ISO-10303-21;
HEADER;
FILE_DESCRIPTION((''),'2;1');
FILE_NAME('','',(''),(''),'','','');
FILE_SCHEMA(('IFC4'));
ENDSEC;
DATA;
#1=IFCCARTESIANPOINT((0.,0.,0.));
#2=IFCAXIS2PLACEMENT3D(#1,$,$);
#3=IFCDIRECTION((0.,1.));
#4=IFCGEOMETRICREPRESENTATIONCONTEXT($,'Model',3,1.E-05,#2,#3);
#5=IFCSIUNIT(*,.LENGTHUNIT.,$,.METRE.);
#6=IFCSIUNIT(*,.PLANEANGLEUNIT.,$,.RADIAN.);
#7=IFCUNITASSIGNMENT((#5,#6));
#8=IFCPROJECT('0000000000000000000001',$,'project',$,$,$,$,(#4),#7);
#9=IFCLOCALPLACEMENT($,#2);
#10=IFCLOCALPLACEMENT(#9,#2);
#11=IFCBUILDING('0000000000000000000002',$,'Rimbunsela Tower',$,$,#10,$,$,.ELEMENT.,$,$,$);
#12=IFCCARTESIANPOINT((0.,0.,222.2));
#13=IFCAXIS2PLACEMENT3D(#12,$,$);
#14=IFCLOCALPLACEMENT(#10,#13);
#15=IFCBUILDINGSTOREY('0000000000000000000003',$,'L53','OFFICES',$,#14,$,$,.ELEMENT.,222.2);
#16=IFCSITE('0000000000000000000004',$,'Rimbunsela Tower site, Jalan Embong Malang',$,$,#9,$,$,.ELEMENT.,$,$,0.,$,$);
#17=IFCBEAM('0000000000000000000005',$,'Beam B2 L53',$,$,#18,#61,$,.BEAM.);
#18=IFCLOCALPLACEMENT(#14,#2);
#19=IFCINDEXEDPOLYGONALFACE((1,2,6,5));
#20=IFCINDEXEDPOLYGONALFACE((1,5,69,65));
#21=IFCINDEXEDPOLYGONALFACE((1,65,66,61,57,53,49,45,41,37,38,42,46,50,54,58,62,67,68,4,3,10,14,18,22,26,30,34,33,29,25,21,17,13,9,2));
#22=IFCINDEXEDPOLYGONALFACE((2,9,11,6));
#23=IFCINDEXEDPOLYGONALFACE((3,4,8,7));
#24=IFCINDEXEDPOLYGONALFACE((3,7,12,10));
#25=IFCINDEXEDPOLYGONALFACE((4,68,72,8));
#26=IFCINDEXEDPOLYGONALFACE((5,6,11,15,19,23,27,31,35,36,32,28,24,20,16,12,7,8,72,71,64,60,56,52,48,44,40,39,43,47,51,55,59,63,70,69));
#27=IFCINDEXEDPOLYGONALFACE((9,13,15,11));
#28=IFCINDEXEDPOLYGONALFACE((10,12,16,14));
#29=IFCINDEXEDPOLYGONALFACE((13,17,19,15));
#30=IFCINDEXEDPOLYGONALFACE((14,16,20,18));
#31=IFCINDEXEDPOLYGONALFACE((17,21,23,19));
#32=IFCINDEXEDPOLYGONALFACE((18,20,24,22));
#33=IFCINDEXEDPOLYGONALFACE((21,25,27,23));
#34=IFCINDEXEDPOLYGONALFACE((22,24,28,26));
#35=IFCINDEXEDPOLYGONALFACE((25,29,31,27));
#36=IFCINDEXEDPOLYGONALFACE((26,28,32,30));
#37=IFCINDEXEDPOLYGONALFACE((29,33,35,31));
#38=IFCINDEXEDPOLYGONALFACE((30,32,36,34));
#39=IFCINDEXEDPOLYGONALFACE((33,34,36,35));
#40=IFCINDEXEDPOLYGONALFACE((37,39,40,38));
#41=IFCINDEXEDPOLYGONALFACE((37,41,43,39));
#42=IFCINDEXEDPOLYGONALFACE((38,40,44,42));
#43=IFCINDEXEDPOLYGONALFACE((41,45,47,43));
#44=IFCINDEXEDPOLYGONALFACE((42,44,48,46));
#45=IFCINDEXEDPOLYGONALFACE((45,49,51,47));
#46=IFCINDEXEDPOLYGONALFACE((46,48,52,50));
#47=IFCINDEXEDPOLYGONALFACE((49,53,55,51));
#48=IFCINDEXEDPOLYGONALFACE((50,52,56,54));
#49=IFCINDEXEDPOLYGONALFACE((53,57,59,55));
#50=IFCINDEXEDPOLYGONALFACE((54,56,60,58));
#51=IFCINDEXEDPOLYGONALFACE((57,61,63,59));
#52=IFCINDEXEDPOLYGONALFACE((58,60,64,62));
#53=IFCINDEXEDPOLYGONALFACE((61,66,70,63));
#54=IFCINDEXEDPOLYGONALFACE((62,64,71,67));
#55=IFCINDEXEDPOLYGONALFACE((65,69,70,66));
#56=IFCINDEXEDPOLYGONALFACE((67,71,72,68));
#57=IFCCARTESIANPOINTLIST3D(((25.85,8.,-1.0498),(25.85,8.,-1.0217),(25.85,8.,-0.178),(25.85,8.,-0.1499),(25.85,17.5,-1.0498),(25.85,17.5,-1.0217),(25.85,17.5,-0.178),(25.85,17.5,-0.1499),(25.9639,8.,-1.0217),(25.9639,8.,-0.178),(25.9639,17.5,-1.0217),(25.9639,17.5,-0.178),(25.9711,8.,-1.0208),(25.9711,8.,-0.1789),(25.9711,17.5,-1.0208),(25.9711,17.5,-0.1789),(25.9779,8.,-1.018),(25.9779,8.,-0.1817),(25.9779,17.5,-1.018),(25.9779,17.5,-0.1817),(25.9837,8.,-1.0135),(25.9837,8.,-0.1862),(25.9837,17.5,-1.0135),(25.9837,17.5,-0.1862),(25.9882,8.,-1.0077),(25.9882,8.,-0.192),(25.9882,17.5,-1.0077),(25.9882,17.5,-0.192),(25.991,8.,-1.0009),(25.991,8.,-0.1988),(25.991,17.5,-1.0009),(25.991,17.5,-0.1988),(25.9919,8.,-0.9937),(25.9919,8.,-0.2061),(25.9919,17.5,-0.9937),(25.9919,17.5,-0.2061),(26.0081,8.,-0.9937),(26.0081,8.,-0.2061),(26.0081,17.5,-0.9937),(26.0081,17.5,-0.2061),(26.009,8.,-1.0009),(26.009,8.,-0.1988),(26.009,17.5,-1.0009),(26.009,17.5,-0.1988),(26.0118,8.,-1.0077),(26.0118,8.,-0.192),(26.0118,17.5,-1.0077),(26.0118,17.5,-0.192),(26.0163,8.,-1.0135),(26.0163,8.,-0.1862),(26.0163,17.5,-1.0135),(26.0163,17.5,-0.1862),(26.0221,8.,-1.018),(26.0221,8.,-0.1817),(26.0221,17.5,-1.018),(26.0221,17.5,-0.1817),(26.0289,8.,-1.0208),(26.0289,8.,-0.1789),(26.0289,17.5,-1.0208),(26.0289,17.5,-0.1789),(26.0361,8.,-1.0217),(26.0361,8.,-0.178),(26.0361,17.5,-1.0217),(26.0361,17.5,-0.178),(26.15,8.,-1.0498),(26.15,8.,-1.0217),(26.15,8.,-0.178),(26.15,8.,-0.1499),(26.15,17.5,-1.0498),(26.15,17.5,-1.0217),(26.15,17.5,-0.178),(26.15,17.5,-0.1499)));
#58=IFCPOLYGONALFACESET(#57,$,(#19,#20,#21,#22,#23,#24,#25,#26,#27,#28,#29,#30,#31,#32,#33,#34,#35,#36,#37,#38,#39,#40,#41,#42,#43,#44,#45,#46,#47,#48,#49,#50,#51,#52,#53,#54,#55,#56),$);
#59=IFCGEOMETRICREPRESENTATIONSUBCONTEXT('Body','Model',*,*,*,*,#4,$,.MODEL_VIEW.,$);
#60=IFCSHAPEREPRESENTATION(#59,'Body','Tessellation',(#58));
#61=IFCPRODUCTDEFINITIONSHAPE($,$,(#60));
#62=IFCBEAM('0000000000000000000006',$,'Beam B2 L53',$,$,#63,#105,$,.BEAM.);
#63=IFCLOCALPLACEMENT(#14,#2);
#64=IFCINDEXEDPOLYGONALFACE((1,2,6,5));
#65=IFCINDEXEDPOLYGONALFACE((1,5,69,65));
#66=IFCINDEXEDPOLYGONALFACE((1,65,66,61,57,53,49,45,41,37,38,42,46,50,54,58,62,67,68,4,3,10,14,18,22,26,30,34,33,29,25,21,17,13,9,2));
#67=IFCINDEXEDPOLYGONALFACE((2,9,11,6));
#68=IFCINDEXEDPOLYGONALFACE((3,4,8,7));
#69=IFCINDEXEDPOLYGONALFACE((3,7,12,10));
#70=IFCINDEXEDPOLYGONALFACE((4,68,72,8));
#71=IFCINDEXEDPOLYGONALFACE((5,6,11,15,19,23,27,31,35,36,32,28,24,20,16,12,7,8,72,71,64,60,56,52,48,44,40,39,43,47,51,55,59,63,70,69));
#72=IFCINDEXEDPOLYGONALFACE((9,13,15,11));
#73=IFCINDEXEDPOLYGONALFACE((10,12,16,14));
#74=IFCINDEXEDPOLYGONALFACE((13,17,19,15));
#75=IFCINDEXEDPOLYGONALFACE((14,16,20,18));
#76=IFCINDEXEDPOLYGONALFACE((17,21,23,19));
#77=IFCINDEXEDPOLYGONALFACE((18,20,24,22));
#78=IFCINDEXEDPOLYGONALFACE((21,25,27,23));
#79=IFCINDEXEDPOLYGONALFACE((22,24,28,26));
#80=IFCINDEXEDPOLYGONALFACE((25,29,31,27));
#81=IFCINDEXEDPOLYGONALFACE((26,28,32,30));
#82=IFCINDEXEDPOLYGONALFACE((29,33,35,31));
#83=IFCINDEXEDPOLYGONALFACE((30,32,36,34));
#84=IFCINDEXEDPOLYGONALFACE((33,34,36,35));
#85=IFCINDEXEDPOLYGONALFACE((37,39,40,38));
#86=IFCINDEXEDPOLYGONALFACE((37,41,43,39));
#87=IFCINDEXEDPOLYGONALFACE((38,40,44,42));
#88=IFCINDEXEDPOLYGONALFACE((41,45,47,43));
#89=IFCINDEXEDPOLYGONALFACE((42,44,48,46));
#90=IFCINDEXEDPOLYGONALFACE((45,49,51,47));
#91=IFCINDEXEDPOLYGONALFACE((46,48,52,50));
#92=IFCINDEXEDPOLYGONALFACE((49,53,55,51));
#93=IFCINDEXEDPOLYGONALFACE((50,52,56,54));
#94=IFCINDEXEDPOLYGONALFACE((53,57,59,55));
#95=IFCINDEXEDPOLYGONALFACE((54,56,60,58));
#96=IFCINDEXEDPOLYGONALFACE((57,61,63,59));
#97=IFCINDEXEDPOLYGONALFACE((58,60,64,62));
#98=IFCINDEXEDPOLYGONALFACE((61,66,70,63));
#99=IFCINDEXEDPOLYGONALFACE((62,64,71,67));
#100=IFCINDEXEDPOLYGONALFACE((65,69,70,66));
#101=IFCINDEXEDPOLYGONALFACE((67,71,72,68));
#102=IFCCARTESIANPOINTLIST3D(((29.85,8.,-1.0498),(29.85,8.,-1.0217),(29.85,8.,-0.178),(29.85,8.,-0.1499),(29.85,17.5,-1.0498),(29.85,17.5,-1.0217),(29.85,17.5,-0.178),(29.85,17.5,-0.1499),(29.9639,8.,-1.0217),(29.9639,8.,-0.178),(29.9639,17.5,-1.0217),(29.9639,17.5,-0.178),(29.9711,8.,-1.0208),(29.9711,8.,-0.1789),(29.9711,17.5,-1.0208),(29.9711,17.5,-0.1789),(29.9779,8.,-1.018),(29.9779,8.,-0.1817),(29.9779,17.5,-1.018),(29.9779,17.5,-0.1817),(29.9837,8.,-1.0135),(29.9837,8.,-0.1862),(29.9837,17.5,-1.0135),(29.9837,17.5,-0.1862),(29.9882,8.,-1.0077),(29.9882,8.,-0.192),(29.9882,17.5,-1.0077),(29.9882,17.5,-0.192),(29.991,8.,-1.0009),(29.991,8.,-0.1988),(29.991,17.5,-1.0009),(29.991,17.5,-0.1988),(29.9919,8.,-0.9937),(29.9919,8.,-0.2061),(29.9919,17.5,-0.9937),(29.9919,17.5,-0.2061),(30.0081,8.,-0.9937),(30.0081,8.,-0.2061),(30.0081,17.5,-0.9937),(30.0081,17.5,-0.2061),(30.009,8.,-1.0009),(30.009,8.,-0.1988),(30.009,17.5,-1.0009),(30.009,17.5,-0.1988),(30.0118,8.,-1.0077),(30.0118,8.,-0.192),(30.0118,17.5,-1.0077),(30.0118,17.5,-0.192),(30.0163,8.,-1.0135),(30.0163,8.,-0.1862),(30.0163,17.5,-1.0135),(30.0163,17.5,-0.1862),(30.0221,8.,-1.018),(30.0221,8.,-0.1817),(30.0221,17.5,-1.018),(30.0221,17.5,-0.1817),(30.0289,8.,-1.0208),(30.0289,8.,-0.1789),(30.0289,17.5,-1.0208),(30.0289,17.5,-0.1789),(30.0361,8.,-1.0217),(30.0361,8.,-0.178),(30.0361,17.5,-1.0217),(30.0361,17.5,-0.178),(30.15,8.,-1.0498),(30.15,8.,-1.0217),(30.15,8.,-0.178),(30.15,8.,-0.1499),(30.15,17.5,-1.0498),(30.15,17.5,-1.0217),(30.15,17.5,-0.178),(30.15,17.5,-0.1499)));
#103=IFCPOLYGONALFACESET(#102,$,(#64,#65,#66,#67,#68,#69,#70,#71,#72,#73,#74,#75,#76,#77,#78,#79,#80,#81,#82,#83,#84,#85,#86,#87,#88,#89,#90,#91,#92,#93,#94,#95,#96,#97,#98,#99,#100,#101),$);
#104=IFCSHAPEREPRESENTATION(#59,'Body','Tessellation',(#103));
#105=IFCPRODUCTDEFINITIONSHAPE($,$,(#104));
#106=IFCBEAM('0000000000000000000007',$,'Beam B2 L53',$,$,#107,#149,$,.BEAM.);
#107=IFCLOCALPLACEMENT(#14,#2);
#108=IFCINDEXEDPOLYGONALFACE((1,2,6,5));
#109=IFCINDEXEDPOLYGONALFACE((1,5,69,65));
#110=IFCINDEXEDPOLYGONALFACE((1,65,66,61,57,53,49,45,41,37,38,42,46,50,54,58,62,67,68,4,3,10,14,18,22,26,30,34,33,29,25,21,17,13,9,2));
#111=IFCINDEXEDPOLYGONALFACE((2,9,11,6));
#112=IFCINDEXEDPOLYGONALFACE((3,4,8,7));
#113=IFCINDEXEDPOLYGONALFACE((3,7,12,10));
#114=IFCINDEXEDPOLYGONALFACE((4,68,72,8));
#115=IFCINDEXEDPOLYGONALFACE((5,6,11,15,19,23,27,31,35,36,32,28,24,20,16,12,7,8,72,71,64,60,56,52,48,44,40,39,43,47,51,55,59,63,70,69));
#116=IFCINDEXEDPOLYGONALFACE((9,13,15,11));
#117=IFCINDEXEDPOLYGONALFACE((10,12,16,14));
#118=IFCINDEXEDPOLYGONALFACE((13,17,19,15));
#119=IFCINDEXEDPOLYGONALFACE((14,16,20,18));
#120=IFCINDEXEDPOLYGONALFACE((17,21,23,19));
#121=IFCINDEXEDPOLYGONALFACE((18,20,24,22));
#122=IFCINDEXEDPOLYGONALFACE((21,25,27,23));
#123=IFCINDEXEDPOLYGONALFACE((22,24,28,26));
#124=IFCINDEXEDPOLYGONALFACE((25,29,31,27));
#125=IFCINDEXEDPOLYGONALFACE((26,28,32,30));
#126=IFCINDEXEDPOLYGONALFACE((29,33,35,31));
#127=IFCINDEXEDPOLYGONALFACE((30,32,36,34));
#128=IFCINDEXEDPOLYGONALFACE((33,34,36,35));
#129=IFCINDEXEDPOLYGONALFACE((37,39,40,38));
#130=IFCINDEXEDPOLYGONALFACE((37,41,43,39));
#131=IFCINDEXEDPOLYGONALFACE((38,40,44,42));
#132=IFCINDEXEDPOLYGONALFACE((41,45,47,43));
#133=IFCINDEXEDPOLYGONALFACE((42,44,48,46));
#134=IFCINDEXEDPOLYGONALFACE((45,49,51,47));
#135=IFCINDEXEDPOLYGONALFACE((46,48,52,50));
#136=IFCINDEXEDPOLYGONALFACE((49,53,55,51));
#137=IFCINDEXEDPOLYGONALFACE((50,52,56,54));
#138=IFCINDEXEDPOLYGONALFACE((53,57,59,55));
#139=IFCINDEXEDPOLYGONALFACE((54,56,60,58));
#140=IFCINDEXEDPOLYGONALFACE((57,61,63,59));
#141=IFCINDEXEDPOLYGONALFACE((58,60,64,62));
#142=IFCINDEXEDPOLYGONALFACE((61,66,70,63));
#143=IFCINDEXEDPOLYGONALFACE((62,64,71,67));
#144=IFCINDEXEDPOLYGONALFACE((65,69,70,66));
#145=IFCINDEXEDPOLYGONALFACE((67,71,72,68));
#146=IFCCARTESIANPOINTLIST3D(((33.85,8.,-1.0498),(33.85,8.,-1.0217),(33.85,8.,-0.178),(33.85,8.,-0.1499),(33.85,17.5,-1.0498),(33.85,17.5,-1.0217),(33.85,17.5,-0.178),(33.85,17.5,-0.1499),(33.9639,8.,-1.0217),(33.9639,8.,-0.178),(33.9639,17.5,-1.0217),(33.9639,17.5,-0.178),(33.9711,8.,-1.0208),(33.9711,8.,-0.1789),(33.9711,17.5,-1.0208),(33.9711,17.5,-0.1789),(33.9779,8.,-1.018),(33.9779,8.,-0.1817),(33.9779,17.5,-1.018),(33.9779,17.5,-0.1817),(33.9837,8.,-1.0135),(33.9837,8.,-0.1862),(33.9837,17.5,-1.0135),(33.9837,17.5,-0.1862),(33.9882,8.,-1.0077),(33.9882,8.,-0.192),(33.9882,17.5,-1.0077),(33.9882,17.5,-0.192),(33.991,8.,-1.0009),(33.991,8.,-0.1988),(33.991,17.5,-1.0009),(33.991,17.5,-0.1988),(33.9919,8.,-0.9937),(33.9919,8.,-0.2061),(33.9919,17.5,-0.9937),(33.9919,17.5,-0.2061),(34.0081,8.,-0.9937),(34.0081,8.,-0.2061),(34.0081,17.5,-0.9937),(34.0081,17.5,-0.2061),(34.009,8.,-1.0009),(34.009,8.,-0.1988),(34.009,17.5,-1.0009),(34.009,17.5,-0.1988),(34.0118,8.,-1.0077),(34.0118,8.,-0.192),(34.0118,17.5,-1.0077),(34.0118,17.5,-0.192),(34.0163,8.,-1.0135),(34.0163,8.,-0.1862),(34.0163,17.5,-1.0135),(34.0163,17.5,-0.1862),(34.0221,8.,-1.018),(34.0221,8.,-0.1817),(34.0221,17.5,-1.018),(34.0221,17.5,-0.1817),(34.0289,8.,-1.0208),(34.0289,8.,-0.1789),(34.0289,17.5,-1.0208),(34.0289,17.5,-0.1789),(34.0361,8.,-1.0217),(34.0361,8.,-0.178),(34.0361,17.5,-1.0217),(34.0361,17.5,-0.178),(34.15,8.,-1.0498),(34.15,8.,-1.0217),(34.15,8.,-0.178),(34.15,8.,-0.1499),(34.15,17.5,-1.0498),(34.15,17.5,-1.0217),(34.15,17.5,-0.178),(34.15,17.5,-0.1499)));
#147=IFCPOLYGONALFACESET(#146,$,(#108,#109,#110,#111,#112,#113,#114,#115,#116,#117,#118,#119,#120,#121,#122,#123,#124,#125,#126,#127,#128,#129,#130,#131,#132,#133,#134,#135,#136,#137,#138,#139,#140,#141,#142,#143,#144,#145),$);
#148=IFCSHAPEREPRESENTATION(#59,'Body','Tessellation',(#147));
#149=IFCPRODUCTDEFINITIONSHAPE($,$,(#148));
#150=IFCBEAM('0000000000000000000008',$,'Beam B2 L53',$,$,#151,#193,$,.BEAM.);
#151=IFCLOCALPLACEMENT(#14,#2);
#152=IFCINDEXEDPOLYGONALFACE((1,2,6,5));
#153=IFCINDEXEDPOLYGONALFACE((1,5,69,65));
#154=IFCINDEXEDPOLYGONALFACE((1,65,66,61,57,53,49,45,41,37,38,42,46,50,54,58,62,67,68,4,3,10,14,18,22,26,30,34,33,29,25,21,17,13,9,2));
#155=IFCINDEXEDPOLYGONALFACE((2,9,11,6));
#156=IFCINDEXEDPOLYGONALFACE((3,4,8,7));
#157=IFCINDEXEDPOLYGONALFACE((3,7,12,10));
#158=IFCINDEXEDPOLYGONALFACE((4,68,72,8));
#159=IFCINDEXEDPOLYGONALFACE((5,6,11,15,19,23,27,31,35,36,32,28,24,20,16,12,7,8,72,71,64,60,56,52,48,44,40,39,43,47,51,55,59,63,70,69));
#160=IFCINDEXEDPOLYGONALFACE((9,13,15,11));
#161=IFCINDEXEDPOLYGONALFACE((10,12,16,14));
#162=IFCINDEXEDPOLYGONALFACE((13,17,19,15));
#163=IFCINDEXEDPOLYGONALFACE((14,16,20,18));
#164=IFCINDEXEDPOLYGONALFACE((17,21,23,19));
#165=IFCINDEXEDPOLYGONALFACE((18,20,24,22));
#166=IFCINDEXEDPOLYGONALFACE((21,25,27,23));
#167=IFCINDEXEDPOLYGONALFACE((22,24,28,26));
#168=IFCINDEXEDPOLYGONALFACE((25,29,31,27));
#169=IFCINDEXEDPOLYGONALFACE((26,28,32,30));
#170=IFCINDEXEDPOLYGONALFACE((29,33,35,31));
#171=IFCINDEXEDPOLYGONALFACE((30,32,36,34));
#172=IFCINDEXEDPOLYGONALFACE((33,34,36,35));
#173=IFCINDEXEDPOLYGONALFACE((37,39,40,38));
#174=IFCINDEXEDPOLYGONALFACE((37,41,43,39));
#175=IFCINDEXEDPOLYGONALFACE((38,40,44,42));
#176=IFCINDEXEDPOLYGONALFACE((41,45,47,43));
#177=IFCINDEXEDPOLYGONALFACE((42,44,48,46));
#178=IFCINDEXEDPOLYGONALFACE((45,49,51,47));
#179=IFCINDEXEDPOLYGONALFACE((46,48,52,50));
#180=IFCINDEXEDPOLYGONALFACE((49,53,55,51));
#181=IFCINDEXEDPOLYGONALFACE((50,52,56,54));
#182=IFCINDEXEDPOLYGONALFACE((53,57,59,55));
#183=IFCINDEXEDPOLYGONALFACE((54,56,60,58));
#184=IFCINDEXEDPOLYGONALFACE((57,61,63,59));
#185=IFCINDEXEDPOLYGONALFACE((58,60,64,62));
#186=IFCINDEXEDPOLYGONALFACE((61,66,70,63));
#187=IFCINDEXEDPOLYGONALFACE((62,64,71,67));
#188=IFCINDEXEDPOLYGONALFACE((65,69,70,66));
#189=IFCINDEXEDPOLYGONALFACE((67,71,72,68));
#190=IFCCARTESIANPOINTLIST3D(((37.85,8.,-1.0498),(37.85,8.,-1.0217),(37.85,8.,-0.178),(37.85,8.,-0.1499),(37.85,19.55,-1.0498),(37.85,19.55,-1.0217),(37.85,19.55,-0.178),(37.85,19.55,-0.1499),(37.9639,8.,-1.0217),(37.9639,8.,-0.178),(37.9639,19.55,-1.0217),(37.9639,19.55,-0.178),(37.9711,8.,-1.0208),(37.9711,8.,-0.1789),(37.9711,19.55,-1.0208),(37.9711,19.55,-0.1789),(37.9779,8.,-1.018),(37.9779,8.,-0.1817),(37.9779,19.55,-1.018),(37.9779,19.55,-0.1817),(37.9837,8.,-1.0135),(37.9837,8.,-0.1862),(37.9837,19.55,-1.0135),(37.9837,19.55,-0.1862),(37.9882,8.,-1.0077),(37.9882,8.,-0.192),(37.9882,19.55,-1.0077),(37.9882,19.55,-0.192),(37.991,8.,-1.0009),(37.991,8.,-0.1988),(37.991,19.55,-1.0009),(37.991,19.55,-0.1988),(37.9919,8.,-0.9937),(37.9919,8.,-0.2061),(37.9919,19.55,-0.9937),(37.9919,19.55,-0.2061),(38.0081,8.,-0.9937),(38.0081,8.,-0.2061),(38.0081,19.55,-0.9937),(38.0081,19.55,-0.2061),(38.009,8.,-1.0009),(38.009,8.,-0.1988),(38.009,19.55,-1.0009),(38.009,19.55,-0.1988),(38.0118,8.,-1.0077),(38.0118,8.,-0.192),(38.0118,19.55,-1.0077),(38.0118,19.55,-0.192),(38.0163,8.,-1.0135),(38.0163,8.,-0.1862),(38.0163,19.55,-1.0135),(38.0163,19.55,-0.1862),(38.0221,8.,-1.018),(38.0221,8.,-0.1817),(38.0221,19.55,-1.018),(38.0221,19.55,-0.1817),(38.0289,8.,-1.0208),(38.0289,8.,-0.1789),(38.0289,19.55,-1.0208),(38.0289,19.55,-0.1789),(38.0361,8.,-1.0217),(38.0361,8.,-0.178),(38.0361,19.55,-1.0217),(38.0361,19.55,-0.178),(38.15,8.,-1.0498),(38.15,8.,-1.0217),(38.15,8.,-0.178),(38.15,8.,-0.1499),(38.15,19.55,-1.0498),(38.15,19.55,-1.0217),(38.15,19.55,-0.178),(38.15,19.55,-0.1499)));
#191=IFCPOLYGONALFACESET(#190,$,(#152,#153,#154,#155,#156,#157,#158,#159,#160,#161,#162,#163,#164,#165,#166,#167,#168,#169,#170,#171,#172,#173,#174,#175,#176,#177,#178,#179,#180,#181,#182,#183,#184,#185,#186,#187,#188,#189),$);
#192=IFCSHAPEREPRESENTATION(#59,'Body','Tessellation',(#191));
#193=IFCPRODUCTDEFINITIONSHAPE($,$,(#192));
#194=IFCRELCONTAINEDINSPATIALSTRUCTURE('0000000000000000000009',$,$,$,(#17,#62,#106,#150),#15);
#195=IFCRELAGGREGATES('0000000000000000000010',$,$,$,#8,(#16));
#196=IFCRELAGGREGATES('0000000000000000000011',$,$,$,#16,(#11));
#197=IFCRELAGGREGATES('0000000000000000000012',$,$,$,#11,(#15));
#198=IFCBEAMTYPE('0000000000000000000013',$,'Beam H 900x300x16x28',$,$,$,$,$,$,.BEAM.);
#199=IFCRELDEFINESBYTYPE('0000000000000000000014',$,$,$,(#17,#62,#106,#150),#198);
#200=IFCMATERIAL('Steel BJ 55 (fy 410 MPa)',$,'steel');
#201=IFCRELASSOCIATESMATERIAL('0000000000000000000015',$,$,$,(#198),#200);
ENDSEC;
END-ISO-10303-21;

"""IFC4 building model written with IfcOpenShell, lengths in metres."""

from ifc_helpers import new_model, si_unit, direction, frame, origin, origin_2d, place, context, subcontext, project, spatial, i_section, extrude, material, material_profile, profile_set, type_object, element, save


model = new_model("IFC4")

# Units and contexts
model_context = context("Model", 3, precision=1e-05, world=origin(), true_north=direction((0.0, 1.0)))
body_context = subcontext(model_context, "Body", "Model", "MODEL_VIEW")
ifc_project = project(units=[si_unit("LENGTHUNIT", "METRE"), si_unit("PLANEANGLEUNIT", "RADIAN")], contexts=[model_context])

# Site, building, storey
site_placement = place(None, origin())
site = spatial("IfcSite", under=ifc_project, at=site_placement, Name="Rimbunsela Tower site, Jalan Embong Malang", CompositionType="ELEMENT", RefElevation=0.0)
building_placement = place(site_placement, origin())
building = spatial("IfcBuilding", under=site, at=building_placement, Name="Rimbunsela Tower", CompositionType="ELEMENT")
storey_placement = place(building_placement, frame((0.0, 0.0, 222.2)))
storey = spatial("IfcBuildingStorey", under=building, at=storey_placement, Name="L53", Description="OFFICES", CompositionType="ELEMENT", Elevation=222.2)

# Beams
ifc_material_1 = material(Name="Steel BJ 55 (fy 410 MPa)", Category="steel")
ifc_material_profile_1 = material_profile(ifc_material_1, i_section(OverallWidth=0.3, OverallDepth=0.8999, WebThickness=0.0161, FlangeThickness=0.0281, FilletRadius=0.0281, at=origin_2d()), Name="H 900x300x16x28")
ifc_profile_set_1 = profile_set([ifc_material_profile_1], Name="Steel BJ 55 (fy 410 MPa)")
beam_type_1 = type_object("IfcBeamType", Name="Beam H 900x300x16x28", PredefinedType="BEAM", material=ifc_profile_set_1)
for number, where, z_axis, x_axis, name in (
    (1, (26.0, 8.0, -0.5999), (0.0, 1.0, 0.0), (-1.0, 0.0, 0.0), "Beam B2 L53"),
    (2, (30.0, 8.0, -0.5999), (0.0, 1.0, 0.0), (-1.0, 0.0, 0.0), "Beam B2 L53"),
    (3, (34.0, 8.0, -0.5999), (0.0, 1.0, 0.0), (-1.0, 0.0, 0.0), "Beam B2 L53"),
):
    element("IfcBeam", number, at=place(storey_placement, frame(where, z_axis=z_axis, x_axis=x_axis)), inside=storey, type_object=beam_type_1, Name=name, PredefinedType="BEAM", context=body_context, shape_type="SweptSolid", body=[
        extrude(i_section(OverallWidth=0.3, OverallDepth=0.8999, WebThickness=0.0161, FlangeThickness=0.0281, FilletRadius=0.0281, at=origin_2d()), origin(), (0.0, 0.0, 1.0), 9.5),
    ])
beam_placement = place(storey_placement, frame((38.0, 8.0, -0.5999), z_axis=(0.0, 1.0, 0.0), x_axis=(-1.0, 0.0, 0.0)))
element("IfcBeam", 4, at=beam_placement, inside=storey, type_object=beam_type_1, Name="Beam B2 L53", PredefinedType="BEAM", context=body_context, shape_type="SweptSolid", body=[
    extrude(i_section(OverallWidth=0.3, OverallDepth=0.8999, WebThickness=0.0161, FlangeThickness=0.0281, FilletRadius=0.0281, at=origin_2d()), origin(), (0.0, 0.0, 1.0), 11.55),
])

save(model, "model.ifc")
